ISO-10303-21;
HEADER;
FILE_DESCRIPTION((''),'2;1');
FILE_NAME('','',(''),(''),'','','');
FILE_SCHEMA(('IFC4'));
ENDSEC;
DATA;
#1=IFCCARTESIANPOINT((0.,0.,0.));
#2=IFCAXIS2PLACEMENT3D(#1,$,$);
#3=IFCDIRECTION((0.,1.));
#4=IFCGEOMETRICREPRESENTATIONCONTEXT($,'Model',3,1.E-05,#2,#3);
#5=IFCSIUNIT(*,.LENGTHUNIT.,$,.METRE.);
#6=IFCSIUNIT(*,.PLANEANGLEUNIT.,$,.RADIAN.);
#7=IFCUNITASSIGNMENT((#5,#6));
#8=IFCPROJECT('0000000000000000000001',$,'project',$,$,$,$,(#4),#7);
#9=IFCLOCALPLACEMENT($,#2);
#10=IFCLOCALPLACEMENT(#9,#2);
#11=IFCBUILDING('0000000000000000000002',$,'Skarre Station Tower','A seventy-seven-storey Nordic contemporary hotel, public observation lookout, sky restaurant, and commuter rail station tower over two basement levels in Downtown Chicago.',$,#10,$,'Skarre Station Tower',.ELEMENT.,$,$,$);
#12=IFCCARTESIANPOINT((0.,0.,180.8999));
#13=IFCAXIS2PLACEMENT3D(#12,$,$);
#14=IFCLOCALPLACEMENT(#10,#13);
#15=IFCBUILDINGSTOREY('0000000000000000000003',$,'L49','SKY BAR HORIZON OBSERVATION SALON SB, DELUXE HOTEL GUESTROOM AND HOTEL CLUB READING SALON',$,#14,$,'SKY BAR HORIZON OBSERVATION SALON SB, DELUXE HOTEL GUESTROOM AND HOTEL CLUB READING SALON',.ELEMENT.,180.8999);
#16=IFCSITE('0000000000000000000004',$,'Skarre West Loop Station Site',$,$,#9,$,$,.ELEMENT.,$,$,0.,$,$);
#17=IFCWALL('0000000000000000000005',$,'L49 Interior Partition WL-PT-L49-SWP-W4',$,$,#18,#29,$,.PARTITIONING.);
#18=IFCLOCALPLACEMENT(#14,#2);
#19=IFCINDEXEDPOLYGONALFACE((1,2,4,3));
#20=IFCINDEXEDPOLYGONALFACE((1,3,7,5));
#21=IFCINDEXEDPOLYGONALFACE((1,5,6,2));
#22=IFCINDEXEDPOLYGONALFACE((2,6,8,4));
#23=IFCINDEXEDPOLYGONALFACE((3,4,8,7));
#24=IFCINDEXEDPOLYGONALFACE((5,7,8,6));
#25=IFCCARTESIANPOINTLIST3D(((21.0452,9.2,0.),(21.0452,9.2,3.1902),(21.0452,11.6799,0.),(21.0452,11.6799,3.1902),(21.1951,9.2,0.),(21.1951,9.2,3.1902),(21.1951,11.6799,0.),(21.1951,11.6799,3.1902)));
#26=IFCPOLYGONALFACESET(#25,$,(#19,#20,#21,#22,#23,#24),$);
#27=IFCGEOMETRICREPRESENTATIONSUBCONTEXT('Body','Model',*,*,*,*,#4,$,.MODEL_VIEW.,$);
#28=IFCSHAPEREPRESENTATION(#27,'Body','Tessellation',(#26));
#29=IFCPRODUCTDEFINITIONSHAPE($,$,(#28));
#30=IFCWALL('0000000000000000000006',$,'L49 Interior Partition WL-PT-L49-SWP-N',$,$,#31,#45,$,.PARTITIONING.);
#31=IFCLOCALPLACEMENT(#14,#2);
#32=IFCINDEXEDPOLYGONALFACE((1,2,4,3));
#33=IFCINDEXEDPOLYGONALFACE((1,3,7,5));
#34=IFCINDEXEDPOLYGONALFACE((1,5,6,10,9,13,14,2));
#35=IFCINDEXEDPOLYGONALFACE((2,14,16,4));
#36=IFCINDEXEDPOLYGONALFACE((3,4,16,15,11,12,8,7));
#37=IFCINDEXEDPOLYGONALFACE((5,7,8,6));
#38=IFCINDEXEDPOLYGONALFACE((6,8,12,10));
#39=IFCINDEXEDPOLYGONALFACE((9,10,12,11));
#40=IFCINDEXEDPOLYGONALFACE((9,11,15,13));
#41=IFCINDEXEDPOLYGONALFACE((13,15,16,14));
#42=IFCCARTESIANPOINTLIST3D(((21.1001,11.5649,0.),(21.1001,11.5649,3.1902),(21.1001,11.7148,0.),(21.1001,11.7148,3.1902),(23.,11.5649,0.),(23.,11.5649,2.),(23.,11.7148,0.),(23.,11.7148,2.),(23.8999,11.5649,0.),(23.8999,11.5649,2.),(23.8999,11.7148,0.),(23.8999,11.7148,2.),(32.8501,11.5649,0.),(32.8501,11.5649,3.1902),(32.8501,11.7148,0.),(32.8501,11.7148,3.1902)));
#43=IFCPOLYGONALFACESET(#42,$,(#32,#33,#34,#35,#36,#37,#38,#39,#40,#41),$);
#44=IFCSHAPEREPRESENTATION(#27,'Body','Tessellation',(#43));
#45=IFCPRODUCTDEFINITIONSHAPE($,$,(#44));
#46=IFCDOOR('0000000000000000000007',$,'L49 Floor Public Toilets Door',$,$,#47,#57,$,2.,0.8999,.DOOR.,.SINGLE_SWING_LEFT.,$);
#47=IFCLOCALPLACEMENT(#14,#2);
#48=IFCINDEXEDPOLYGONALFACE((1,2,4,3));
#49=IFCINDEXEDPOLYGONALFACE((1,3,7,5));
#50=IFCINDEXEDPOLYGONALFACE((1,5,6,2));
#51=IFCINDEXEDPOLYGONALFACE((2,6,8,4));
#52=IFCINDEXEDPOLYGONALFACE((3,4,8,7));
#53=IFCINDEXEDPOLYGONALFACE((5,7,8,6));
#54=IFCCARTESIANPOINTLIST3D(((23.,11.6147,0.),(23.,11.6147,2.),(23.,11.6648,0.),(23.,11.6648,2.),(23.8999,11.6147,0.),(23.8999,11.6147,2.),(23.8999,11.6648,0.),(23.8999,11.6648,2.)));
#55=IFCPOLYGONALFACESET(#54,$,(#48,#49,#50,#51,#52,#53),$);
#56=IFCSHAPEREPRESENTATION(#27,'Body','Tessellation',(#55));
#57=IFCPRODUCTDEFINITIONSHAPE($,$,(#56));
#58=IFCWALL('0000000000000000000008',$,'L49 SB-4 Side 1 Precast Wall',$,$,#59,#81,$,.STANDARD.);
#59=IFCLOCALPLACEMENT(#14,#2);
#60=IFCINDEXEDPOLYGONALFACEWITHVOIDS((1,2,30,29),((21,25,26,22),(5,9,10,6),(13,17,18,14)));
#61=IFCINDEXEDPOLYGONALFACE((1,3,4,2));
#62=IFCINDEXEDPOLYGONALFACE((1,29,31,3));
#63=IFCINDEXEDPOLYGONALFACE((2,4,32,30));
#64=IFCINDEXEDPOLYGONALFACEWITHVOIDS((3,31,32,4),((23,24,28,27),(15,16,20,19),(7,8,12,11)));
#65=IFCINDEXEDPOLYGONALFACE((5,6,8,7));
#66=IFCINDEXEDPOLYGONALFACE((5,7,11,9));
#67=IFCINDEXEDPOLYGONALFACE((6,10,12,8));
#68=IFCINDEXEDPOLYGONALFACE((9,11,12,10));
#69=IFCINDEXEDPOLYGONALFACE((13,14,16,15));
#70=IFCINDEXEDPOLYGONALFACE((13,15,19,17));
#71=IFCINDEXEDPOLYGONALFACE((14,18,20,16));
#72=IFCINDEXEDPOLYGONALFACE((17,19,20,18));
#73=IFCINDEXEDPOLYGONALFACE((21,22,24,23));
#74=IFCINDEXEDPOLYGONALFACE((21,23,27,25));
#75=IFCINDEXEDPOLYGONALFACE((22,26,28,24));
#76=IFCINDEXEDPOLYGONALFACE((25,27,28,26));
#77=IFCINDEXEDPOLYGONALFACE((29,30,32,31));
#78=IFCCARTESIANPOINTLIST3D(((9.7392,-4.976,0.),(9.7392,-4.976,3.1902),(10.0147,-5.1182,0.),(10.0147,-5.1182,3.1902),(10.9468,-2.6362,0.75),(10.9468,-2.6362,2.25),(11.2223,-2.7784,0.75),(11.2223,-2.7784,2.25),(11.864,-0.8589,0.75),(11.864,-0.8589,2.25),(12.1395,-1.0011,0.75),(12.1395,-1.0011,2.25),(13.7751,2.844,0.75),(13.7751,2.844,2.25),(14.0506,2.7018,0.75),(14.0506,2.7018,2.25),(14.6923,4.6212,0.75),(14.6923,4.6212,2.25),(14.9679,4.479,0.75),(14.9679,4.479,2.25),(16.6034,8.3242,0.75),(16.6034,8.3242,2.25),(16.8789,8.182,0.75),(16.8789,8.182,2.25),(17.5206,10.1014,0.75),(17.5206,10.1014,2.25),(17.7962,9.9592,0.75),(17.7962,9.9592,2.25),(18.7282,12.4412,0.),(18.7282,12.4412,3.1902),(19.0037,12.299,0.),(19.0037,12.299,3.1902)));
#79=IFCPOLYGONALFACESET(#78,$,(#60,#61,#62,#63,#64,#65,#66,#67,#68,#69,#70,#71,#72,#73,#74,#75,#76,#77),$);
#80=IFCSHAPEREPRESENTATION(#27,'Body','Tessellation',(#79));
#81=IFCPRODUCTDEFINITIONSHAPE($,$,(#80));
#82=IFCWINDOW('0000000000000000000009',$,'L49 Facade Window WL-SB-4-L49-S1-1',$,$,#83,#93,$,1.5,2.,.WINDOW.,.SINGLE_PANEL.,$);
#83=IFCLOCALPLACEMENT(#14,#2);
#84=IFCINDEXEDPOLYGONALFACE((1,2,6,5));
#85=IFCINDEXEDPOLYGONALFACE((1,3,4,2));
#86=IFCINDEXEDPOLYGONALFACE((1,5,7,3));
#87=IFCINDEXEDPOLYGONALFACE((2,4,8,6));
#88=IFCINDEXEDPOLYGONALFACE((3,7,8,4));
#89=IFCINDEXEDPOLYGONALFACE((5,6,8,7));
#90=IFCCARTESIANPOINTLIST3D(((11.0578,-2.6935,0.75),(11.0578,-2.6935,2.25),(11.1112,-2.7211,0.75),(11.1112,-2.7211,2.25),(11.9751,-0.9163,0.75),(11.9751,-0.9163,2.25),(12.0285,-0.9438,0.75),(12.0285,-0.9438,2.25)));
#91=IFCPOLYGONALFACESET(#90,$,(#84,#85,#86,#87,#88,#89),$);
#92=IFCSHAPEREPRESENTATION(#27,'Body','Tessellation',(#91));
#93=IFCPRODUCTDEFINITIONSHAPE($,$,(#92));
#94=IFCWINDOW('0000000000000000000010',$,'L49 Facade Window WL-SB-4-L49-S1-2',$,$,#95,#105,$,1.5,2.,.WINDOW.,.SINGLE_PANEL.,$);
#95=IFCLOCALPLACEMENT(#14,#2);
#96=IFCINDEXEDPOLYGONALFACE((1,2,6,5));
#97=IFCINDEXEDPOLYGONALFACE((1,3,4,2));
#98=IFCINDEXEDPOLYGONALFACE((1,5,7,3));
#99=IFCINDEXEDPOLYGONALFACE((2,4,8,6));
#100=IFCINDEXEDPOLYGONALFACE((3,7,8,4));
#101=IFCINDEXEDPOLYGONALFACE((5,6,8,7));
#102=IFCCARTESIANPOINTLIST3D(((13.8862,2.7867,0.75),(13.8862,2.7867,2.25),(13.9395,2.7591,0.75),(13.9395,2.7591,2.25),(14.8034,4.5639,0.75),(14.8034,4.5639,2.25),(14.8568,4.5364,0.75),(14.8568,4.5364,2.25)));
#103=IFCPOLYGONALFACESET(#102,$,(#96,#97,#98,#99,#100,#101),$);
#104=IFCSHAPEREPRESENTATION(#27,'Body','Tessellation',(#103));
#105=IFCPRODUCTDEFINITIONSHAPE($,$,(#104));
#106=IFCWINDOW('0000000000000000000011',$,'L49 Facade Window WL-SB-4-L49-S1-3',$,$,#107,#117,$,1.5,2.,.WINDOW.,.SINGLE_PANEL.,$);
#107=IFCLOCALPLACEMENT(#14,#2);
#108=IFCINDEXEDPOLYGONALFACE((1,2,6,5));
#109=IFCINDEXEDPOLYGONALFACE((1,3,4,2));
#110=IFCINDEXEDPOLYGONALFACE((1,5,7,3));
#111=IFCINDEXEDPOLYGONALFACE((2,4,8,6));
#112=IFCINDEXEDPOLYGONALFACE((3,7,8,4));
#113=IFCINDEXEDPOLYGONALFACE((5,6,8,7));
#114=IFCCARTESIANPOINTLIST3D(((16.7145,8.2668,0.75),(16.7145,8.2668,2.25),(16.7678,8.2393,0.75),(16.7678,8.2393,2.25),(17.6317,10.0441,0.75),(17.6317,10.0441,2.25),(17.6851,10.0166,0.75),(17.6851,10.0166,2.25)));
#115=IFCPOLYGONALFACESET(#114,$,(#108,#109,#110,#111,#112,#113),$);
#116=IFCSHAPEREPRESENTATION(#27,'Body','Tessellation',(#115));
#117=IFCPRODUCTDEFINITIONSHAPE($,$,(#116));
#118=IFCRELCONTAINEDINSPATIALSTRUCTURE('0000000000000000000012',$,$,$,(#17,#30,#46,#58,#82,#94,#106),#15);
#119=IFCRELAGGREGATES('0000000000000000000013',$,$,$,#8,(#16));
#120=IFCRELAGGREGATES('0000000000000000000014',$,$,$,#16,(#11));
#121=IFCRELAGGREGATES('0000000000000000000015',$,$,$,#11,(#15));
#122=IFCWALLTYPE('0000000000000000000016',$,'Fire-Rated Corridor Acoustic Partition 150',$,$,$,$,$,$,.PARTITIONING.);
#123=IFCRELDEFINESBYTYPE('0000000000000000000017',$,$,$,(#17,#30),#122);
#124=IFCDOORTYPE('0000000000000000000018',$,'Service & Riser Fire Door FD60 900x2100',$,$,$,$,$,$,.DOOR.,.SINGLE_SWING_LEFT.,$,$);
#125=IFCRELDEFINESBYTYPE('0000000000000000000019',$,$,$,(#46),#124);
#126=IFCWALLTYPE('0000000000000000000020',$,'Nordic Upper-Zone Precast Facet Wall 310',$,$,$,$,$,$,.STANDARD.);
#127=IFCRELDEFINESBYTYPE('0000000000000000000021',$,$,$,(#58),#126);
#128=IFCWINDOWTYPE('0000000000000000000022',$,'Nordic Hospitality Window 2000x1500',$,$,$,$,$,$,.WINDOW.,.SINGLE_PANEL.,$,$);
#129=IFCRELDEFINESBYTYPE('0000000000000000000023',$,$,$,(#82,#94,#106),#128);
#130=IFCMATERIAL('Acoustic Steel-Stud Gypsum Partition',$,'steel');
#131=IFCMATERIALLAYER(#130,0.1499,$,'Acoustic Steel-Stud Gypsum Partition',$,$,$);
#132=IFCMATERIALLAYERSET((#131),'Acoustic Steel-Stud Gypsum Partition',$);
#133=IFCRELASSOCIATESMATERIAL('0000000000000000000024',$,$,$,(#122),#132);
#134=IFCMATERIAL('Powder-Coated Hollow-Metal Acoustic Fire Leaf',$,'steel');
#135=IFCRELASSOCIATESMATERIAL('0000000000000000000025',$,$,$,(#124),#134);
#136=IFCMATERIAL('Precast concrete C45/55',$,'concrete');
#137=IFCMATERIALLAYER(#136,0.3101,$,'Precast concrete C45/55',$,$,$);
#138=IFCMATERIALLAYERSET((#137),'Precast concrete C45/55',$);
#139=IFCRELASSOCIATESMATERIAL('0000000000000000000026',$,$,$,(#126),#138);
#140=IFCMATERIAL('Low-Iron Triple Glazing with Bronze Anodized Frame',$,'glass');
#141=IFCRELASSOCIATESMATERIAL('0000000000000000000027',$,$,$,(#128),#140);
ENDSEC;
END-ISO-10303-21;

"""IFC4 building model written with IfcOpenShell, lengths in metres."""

from ifc_helpers import new_model, si_unit, direction, frame, frame_2d, origin, place, context, subcontext, project, spatial, rectangle, extrude, material, layer, layer_set, type_object, element, fill, save


model = new_model("IFC4")

# Units and contexts
model_context = context("Model", 3, precision=1e-05, world=origin(), true_north=direction((0.0, 1.0)))
body_context = subcontext(model_context, "Body", "Model", "MODEL_VIEW")
ifc_project = project(units=[si_unit("LENGTHUNIT", "METRE"), si_unit("PLANEANGLEUNIT", "RADIAN")], contexts=[model_context])

# Site, building, storey
site_placement = place(None, origin())
site = spatial("IfcSite", under=ifc_project, at=site_placement, Name="Skarre West Loop Station Site", CompositionType="ELEMENT", RefElevation=0.0)
building_placement = place(site_placement, origin())
building = spatial("IfcBuilding", under=site, at=building_placement, Name="Skarre Station Tower", Description="A seventy-seven-storey Nordic contemporary hotel, public observation lookout, sky restaurant, and commuter rail station tower over two basement levels in Downtown Chicago.", LongName="Skarre Station Tower", CompositionType="ELEMENT")
storey_placement = place(building_placement, frame((0.0, 0.0, 180.8999)))
storey = spatial("IfcBuildingStorey", under=building, at=storey_placement, Name="L49", Description="SKY BAR HORIZON OBSERVATION SALON SB, DELUXE HOTEL GUESTROOM AND HOTEL CLUB READING SALON", LongName="SKY BAR HORIZON OBSERVATION SALON SB, DELUXE HOTEL GUESTROOM AND HOTEL CLUB READING SALON", CompositionType="ELEMENT", Elevation=180.8999)

# Wall
ifc_material_1 = material(Name="Acoustic Steel-Stud Gypsum Partition", Category="steel")
ifc_layer_1 = layer(ifc_material_1, 0.1499, Name="Acoustic Steel-Stud Gypsum Partition")
ifc_layer_set_1 = layer_set([ifc_layer_1], Name="Acoustic Steel-Stud Gypsum Partition")
wall_type_1 = type_object("IfcWallType", Name="Fire-Rated Corridor Acoustic Partition 150", PredefinedType="PARTITIONING", material=ifc_layer_set_1)
wall_1_placement = place(storey_placement, frame((21.1201, 9.2, 0.0), z_axis=(0.0, 0.0, 1.0), x_axis=(0.0, 1.0, 0.0)))
element("IfcWall", 1, at=wall_1_placement, inside=storey, type_object=wall_type_1, Name="L49 Interior Partition WL-PT-L49-SWP-W4", PredefinedType="PARTITIONING", context=body_context, shape_type="SweptSolid", body=[
    extrude(rectangle(XDim=2.48, YDim=0.1499, at=frame_2d((1.24, 0.0))), origin(), (0.0, 0.0, 1.0), 3.1902),
])

# Wall, opening, door
wall_2_placement = place(storey_placement, frame((21.1001, 11.6399, 0.0), z_axis=(0.0, 0.0, 1.0), x_axis=(1.0, 0.0, 0.0)))
wall_2 = element("IfcWall", 2, at=wall_2_placement, inside=storey, type_object=wall_type_1, Name="L49 Interior Partition WL-PT-L49-SWP-N", PredefinedType="PARTITIONING", context=body_context, shape_type="SweptSolid", body=[
    extrude(rectangle(XDim=11.75, YDim=0.1499, at=frame_2d((5.875, 0.0))), origin(), (0.0, 0.0, 1.0), 3.1902),
])
opening_1_placement = place(wall_2_placement, frame((1.8999, 0.0, 0.0)))
opening_1 = element("IfcOpeningElement", 3, at=opening_1_placement, cuts=wall_2, PredefinedType="OPENING", context=body_context, shape_type="SweptSolid", body=[
    extrude(rectangle(XDim=0.8999, YDim=2.0, at=frame_2d((0.45, 1.0))), frame((0.0, 0.085, 0.0), z_axis=(0.0, -1.0, 0.0), x_axis=(1.0, 0.0, 0.0)), (0.0, 0.0, 1.0), 0.1699),
])
ifc_material_2 = material(Name="Powder-Coated Hollow-Metal Acoustic Fire Leaf", Category="steel")
door_type = type_object("IfcDoorType", Name="Service & Riser Fire Door FD60 900x2100", OperationType="SINGLE_SWING_LEFT", PredefinedType="DOOR", material=ifc_material_2)
door_placement = place(opening_1_placement, origin())
door = element("IfcDoor", 4, at=door_placement, inside=storey, type_object=door_type, Name="L49 Floor Public Toilets Door", OperationType="SINGLE_SWING_LEFT", OverallHeight=2.0, OverallWidth=0.8999, PredefinedType="DOOR", context=body_context, shape_type="SweptSolid", body=[
    extrude(rectangle(XDim=0.8999, YDim=2.0, at=frame_2d((0.45, 1.0))), frame((0.0, 0.0249, 0.0), z_axis=(0.0, -1.0, 0.0), x_axis=(1.0, 0.0, 0.0)), (0.0, 0.0, 1.0), 0.05),
])
fill(opening_1, door)

# Wall, openings, windows
ifc_material_3 = material(Name="Precast concrete C45/55", Category="concrete")
ifc_layer_2 = layer(ifc_material_3, 0.3101, Name="Precast concrete C45/55")
ifc_layer_set_2 = layer_set([ifc_layer_2], Name="Precast concrete C45/55")
wall_type_2 = type_object("IfcWallType", Name="Nordic Upper-Zone Precast Facet Wall 310", PredefinedType="STANDARD", material=ifc_layer_set_2)
wall_3_placement = place(storey_placement, frame((9.877, -5.0471, 0.0), z_axis=(0.0, 0.0, 1.0), x_axis=(0.458622, 0.888632, 0.0)))
wall_3 = element("IfcWall", 5, at=wall_3_placement, inside=storey, type_object=wall_type_2, Name="L49 SB-4 Side 1 Precast Wall", PredefinedType="STANDARD", context=body_context, shape_type="SweptSolid", body=[
    extrude(rectangle(XDim=19.6001, YDim=0.3101, at=frame_2d((9.8, 0.0))), origin(), (0.0, 0.0, 1.0), 3.1902),
])
opening_2_placement = place(wall_3_placement, frame((2.6331, 0.0, 0.75)))
opening_2 = element("IfcOpeningElement", 6, at=opening_2_placement, cuts=wall_3, PredefinedType="OPENING", context=body_context, shape_type="SweptSolid", body=[
    extrude(rectangle(XDim=2.0, YDim=1.5, at=frame_2d((1.0, 0.75))), frame((0.0, 0.165, 0.0), z_axis=(0.0, -1.0, 0.0), x_axis=(1.0, 0.0, 0.0)), (0.0, 0.0, 1.0), 0.3301),
])
opening_3_placement = place(wall_3_placement, frame((8.8, 0.0, 0.75)))
opening_3 = element("IfcOpeningElement", 7, at=opening_3_placement, cuts=wall_3, PredefinedType="OPENING", context=body_context, shape_type="SweptSolid", body=[
    extrude(rectangle(XDim=2.0, YDim=1.5, at=frame_2d((1.0, 0.75))), frame((0.0, 0.165, 0.0), z_axis=(0.0, -1.0, 0.0), x_axis=(1.0, 0.0, 0.0)), (0.0, 0.0, 1.0), 0.3301),
])
opening_4_placement = place(wall_3_placement, frame((14.967, 0.0, 0.75)))
opening_4 = element("IfcOpeningElement", 8, at=opening_4_placement, cuts=wall_3, PredefinedType="OPENING", context=body_context, shape_type="SweptSolid", body=[
    extrude(rectangle(XDim=2.0, YDim=1.5, at=frame_2d((1.0, 0.75))), frame((0.0, 0.165, 0.0), z_axis=(0.0, -1.0, 0.0), x_axis=(1.0, 0.0, 0.0)), (0.0, 0.0, 1.0), 0.3301),
])
ifc_material_4 = material(Name="Low-Iron Triple Glazing with Bronze Anodized Frame", Category="glass")
window_type = type_object("IfcWindowType", Name="Nordic Hospitality Window 2000x1500", PartitioningType="SINGLE_PANEL", PredefinedType="WINDOW", material=ifc_material_4)
window_1_placement = place(opening_2_placement, origin())
window_1 = element("IfcWindow", 9, at=window_1_placement, inside=storey, type_object=window_type, Name="L49 Facade Window WL-SB-4-L49-S1-1", OverallHeight=1.5, OverallWidth=2.0, PartitioningType="SINGLE_PANEL", PredefinedType="WINDOW", context=body_context, shape_type="SweptSolid", body=[
    extrude(rectangle(XDim=2.0, YDim=1.5, at=frame_2d((1.0, 0.75))), frame((0.0, 0.03, 0.0), z_axis=(0.0, -1.0, 0.0), x_axis=(1.0, 0.0, 0.0)), (0.0, 0.0, 1.0), 0.0601),
])
fill(opening_2, window_1)
window_2_placement = place(opening_3_placement, origin())
window_2 = element("IfcWindow", 10, at=window_2_placement, inside=storey, type_object=window_type, Name="L49 Facade Window WL-SB-4-L49-S1-2", OverallHeight=1.5, OverallWidth=2.0, PartitioningType="SINGLE_PANEL", PredefinedType="WINDOW", context=body_context, shape_type="SweptSolid", body=[
    extrude(rectangle(XDim=2.0, YDim=1.5, at=frame_2d((1.0, 0.75))), frame((0.0, 0.03, 0.0), z_axis=(0.0, -1.0, 0.0), x_axis=(1.0, 0.0, 0.0)), (0.0, 0.0, 1.0), 0.0601),
])
fill(opening_3, window_2)
window_3_placement = place(opening_4_placement, origin())
window_3 = element("IfcWindow", 11, at=window_3_placement, inside=storey, type_object=window_type, Name="L49 Facade Window WL-SB-4-L49-S1-3", OverallHeight=1.5, OverallWidth=2.0, PartitioningType="SINGLE_PANEL", PredefinedType="WINDOW", context=body_context, shape_type="SweptSolid", body=[
    extrude(rectangle(XDim=2.0, YDim=1.5, at=frame_2d((1.0, 0.75))), frame((0.0, 0.03, 0.0), z_axis=(0.0, -1.0, 0.0), x_axis=(1.0, 0.0, 0.0)), (0.0, 0.0, 1.0), 0.0601),
])
fill(opening_4, window_3)

save(model, "model.ifc")
